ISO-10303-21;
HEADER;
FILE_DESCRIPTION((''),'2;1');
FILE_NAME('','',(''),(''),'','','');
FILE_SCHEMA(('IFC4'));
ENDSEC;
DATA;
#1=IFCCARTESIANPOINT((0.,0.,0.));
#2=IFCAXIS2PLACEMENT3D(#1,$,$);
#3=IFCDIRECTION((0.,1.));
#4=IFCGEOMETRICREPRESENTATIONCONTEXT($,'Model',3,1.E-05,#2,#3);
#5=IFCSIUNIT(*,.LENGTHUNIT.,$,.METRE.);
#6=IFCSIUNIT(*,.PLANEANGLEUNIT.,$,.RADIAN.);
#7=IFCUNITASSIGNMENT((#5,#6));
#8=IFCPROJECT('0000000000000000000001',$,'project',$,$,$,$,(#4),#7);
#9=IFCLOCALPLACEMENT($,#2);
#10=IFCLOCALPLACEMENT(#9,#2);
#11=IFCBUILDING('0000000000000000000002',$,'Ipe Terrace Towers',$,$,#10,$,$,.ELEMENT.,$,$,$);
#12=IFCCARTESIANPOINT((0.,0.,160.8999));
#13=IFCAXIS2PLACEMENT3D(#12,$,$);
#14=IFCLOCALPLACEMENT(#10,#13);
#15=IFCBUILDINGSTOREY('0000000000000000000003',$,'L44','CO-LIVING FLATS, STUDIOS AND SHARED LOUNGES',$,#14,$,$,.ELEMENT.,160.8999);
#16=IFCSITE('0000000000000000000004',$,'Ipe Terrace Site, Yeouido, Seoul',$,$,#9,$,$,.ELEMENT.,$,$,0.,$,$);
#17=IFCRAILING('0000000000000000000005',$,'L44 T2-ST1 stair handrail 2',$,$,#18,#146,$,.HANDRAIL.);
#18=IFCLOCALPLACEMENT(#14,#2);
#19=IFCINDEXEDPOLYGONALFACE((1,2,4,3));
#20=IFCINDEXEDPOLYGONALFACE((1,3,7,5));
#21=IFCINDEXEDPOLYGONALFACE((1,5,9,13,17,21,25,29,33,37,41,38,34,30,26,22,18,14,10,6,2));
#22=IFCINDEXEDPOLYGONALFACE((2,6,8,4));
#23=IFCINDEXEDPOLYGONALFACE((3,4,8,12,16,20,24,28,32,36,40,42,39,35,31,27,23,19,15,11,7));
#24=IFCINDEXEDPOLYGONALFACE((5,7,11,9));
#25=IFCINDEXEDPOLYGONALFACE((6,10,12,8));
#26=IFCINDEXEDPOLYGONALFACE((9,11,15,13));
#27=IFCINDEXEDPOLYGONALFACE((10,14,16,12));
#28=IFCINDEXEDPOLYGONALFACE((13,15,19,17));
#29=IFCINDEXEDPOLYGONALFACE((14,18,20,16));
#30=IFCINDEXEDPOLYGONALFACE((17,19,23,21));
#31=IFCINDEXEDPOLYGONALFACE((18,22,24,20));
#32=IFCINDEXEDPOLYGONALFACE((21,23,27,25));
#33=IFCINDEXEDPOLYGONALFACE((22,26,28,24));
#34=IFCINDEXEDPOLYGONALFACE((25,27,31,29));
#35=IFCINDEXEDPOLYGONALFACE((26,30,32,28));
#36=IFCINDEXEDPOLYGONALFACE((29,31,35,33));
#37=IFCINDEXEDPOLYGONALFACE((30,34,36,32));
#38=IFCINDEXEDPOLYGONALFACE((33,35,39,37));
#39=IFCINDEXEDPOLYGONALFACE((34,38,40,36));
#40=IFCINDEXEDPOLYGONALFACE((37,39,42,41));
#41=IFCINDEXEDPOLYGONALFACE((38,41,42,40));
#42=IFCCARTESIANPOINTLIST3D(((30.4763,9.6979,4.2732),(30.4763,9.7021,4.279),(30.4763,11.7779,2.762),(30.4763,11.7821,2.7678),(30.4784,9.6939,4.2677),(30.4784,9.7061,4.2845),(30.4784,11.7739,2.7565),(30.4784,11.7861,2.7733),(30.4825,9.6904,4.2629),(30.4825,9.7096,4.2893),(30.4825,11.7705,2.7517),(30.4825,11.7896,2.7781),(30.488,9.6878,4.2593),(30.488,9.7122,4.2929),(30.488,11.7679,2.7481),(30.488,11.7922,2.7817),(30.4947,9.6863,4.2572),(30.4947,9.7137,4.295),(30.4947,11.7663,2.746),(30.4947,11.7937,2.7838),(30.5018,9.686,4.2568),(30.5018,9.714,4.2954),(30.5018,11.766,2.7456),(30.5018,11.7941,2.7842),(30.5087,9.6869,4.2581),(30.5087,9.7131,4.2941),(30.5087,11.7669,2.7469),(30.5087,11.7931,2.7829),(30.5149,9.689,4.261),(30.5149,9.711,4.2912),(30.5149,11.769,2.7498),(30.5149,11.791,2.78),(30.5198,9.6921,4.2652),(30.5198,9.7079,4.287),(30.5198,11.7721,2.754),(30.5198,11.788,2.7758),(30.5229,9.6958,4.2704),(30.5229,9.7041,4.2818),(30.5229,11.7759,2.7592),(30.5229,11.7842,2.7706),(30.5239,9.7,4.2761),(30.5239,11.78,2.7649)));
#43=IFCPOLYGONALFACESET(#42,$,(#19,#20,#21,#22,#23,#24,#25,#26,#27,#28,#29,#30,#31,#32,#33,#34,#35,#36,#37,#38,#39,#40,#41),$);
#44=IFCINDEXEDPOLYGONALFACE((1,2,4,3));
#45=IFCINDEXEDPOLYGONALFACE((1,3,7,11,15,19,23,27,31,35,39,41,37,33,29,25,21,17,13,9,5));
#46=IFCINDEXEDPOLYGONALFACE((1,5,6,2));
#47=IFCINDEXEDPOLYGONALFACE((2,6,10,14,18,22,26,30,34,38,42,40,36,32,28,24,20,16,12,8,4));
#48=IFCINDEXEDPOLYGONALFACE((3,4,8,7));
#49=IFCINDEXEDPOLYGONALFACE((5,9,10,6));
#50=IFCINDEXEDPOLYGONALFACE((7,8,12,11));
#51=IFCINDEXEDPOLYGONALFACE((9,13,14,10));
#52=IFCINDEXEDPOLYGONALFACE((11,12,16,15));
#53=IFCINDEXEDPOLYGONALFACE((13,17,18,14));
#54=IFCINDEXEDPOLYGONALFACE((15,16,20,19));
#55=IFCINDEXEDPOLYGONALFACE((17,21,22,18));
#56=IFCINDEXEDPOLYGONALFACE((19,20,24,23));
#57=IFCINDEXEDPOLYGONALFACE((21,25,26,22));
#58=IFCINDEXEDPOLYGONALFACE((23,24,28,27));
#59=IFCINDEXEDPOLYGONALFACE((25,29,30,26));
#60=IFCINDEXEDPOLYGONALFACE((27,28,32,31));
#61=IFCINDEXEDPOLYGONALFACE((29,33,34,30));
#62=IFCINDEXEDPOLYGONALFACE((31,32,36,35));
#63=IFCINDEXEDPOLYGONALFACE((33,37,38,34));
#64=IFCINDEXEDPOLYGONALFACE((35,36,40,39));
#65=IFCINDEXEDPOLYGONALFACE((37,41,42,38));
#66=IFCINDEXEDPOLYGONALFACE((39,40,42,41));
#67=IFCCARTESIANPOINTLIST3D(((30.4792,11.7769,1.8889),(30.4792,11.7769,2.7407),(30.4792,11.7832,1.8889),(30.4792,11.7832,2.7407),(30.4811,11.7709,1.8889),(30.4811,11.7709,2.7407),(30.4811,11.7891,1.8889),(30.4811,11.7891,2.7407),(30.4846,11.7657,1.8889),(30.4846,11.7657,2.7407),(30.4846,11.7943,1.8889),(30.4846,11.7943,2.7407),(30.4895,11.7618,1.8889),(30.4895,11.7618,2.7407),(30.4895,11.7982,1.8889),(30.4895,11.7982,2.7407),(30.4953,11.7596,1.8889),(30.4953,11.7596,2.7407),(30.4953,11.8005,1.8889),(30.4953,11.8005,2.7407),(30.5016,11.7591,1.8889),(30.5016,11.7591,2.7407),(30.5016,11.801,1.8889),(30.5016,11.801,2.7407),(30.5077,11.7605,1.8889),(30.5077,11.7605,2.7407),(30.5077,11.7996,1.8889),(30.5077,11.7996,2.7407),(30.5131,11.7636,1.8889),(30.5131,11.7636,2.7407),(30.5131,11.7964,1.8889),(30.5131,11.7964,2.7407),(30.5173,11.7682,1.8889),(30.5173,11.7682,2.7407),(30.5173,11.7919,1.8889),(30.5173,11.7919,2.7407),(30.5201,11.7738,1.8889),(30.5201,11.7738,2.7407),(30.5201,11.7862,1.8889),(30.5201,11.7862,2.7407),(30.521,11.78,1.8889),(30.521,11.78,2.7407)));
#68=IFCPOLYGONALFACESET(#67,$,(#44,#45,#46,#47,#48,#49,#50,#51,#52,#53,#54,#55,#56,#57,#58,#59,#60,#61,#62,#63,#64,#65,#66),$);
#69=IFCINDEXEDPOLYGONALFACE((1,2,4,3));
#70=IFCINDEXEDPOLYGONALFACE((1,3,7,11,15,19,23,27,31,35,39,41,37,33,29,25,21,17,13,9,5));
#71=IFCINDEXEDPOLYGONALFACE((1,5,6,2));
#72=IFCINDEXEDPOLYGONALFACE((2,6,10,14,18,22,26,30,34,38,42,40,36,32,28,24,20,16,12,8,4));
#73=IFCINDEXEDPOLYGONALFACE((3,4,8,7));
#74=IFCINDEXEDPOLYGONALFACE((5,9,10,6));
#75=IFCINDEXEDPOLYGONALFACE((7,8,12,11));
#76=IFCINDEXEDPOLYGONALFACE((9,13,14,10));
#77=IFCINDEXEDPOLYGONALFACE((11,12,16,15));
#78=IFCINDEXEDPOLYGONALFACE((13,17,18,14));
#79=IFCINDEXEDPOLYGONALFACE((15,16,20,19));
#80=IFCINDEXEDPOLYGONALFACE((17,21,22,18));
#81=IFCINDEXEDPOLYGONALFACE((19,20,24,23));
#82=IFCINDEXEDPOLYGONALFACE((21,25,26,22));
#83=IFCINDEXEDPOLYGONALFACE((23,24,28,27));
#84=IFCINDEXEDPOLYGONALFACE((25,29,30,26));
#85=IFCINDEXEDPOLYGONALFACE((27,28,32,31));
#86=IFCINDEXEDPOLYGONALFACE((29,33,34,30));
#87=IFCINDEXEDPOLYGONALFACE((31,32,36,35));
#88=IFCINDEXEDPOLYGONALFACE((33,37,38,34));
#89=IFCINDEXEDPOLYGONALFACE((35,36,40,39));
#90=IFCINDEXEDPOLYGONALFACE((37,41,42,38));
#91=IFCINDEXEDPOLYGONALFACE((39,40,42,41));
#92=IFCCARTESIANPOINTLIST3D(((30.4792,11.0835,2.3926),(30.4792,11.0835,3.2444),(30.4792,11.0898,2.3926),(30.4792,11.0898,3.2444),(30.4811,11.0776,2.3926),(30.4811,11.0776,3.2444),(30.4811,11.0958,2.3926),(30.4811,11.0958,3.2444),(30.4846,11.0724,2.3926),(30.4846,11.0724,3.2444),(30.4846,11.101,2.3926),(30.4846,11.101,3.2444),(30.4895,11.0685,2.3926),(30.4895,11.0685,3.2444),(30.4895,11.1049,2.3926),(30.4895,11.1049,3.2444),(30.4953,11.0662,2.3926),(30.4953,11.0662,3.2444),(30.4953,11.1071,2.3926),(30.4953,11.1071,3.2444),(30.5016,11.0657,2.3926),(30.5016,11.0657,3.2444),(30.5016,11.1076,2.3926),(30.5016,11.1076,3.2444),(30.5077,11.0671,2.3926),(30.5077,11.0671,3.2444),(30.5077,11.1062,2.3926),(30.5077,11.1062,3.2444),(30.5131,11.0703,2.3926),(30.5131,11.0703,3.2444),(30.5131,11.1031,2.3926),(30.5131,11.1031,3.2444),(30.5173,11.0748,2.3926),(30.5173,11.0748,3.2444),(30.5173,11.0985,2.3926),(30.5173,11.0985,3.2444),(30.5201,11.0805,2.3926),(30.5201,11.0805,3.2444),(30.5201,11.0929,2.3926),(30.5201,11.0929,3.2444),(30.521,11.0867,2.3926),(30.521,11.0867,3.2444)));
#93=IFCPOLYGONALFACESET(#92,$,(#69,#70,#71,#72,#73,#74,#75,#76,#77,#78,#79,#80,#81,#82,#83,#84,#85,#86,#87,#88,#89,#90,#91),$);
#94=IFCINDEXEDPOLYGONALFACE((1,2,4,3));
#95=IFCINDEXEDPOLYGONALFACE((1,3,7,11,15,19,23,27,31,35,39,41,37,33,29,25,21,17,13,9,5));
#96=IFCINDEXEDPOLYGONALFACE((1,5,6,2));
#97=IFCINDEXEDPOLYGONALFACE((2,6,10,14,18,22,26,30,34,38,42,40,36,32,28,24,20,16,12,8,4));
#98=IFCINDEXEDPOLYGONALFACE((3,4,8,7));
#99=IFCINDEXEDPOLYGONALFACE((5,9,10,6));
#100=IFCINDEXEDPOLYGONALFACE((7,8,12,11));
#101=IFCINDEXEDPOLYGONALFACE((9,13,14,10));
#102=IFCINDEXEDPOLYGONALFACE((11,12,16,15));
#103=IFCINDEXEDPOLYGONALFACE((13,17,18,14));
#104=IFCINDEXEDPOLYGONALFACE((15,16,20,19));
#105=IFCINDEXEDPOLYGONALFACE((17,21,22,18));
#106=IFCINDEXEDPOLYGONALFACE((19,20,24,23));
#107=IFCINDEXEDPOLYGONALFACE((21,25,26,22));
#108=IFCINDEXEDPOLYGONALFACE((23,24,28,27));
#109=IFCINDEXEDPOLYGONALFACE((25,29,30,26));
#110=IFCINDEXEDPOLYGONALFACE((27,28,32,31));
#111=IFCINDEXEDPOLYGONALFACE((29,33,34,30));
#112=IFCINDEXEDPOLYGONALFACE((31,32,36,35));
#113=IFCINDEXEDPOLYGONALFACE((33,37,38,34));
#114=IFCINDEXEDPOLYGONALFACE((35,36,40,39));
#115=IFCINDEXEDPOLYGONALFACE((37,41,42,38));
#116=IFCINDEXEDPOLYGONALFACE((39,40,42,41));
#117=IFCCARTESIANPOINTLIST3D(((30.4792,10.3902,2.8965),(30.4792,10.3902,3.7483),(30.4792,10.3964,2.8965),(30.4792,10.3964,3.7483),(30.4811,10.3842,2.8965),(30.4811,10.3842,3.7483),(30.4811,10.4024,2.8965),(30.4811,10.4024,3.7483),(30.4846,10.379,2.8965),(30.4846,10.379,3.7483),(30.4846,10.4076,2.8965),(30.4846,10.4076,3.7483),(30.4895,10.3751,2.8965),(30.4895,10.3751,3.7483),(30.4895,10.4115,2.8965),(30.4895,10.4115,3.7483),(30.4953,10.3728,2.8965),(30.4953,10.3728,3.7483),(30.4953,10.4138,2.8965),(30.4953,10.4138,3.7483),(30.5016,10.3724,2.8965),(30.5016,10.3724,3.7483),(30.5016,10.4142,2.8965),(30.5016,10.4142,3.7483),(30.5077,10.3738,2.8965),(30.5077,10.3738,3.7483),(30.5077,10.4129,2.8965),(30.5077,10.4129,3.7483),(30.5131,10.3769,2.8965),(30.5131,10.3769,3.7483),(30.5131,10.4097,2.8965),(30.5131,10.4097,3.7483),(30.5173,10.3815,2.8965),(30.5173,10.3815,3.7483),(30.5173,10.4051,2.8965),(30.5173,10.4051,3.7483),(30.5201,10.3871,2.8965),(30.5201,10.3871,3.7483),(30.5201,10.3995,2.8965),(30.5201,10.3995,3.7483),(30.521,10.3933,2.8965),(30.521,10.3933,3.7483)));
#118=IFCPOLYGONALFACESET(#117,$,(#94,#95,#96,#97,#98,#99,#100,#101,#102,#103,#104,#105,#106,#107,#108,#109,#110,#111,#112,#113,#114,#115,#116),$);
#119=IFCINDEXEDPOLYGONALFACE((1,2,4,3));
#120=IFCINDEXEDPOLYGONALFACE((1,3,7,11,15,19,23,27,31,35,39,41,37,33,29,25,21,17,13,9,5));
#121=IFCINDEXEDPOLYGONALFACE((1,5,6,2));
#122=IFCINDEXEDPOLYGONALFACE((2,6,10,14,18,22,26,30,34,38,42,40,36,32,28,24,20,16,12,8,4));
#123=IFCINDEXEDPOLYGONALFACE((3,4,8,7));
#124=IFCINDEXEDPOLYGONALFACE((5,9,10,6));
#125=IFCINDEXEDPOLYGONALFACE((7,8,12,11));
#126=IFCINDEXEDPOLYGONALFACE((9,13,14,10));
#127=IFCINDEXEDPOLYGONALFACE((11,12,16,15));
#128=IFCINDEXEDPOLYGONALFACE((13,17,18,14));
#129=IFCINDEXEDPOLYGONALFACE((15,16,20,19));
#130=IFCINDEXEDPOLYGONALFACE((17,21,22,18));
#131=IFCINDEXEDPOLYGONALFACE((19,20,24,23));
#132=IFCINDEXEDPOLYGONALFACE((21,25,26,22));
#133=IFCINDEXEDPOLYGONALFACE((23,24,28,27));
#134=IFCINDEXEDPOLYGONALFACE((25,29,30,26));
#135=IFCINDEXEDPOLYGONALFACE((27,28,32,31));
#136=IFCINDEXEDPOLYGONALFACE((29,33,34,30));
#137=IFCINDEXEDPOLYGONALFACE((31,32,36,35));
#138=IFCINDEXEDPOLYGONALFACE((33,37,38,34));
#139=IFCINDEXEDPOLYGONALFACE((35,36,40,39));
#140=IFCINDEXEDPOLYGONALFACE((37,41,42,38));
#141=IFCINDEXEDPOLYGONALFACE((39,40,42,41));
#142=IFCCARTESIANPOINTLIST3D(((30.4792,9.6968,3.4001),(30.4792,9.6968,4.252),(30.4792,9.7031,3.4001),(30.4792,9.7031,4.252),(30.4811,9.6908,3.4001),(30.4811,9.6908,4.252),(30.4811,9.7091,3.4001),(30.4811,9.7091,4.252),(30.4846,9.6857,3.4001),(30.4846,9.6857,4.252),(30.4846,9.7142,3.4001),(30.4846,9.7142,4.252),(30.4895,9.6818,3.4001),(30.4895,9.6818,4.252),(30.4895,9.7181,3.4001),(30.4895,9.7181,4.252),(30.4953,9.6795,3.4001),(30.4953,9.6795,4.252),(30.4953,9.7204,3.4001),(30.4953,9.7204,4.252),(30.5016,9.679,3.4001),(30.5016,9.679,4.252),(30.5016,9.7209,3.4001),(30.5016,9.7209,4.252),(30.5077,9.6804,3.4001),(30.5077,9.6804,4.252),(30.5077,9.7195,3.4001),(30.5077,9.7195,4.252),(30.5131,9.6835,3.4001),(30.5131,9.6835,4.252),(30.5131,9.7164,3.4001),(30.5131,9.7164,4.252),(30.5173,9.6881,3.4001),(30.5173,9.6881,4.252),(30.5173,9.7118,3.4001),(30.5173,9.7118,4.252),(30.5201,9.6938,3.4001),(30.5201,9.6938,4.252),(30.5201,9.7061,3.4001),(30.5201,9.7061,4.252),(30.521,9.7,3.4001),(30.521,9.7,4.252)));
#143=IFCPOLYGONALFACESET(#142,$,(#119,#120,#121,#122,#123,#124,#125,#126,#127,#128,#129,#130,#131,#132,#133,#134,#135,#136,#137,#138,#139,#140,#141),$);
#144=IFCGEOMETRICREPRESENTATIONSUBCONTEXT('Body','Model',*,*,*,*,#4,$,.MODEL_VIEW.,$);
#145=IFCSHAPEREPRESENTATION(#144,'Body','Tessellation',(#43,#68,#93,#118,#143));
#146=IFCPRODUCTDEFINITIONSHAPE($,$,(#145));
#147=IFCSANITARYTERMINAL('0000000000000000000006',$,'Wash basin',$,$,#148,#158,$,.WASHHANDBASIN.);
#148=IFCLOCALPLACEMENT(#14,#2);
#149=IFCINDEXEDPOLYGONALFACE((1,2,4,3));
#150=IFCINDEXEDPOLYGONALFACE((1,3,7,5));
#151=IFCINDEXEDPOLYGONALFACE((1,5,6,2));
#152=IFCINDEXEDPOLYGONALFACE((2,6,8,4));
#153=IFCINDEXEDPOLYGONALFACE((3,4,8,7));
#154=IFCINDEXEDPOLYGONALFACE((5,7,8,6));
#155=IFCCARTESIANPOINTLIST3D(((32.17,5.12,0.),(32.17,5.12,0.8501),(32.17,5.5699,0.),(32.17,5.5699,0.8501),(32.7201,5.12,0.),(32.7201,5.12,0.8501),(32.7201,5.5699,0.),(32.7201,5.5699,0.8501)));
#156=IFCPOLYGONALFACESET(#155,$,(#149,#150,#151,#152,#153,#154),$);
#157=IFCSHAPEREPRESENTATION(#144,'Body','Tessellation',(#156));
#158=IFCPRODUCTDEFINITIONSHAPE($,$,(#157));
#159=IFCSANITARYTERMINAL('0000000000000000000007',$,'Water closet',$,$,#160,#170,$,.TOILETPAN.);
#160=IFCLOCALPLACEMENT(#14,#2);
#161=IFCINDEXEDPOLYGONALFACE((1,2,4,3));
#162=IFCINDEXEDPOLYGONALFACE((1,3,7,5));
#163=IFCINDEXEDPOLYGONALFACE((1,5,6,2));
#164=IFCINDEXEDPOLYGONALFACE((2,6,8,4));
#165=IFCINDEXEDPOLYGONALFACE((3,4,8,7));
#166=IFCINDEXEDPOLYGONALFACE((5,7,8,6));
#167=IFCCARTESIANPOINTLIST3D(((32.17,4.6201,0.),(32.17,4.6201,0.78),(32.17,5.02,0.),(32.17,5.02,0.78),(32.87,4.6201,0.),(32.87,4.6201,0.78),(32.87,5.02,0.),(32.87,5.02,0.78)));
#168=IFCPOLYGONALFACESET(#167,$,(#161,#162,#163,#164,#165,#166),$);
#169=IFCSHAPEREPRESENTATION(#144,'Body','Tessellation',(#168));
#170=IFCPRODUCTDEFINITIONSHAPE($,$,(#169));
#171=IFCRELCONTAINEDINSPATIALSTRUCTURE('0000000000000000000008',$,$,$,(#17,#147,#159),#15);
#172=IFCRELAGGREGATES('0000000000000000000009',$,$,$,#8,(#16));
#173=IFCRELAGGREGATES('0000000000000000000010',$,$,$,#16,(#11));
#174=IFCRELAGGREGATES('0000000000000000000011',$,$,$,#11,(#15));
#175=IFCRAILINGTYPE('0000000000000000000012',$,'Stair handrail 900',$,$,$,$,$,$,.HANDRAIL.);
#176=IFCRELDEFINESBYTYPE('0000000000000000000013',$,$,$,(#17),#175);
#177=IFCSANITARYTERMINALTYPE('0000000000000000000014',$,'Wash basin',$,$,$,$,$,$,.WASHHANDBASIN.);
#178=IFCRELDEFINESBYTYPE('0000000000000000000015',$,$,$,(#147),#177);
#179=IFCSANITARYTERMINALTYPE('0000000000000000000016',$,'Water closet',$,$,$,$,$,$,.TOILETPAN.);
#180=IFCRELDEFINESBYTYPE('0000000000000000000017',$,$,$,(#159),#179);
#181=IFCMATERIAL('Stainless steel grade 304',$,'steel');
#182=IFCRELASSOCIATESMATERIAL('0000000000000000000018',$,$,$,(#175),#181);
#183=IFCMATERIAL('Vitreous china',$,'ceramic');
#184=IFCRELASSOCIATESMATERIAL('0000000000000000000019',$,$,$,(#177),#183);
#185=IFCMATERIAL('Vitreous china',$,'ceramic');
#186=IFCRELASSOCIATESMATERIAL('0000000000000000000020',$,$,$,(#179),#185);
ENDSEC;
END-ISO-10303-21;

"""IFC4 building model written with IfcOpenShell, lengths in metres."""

from ifc_helpers import new_model, si_unit, direction, frame, origin, origin_2d, place, context, subcontext, project, spatial, rectangle, circle, extrude, material, type_object, element, save


model = new_model("IFC4")

# Units and contexts
model_context = context("Model", 3, precision=1e-05, world=origin(), true_north=direction((0.0, 1.0)))
body_context = subcontext(model_context, "Body", "Model", "MODEL_VIEW")
ifc_project = project(units=[si_unit("LENGTHUNIT", "METRE"), si_unit("PLANEANGLEUNIT", "RADIAN")], contexts=[model_context])

# Site, building, storey
site_placement = place(None, origin())
site = spatial("IfcSite", under=ifc_project, at=site_placement, Name="Ipe Terrace Site, Yeouido, Seoul", CompositionType="ELEMENT", RefElevation=0.0)
building_placement = place(site_placement, origin())
building = spatial("IfcBuilding", under=site, at=building_placement, Name="Ipe Terrace Towers", CompositionType="ELEMENT")
storey_placement = place(building_placement, frame((0.0, 0.0, 160.8999)))
storey = spatial("IfcBuildingStorey", under=building, at=storey_placement, Name="L44", Description="CO-LIVING FLATS, STUDIOS AND SHARED LOUNGES", CompositionType="ELEMENT", Elevation=160.8999)

# Railing
ifc_material_1 = material(Name="Stainless steel grade 304", Category="steel")
railing_type_1 = type_object("IfcRailingType", Name="Stair handrail 900", PredefinedType="HANDRAIL", material=ifc_material_1)
railing_1_placement = place(storey_placement, frame((30.5, 11.78, 1.8889)))
element("IfcRailing", 1, at=railing_1_placement, inside=storey, type_object=railing_type_1, Name="L44 T2-ST1 stair handrail 2", PredefinedType="HANDRAIL", context=body_context, shape_type="SweptSolid", body=[
    extrude(circle(Radius=0.0239, at=origin_2d()), frame((0.0, 0.0, 0.876), z_axis=(0.0, -0.809023, 0.587776), x_axis=(1.0, 0.0, 0.0)), (0.0, 0.0, 1.0), 2.571),
    extrude(circle(Radius=0.021, at=origin_2d()), origin(), (0.0, 0.0, 1.0), 0.8518),
    extrude(circle(Radius=0.021, at=origin_2d()), frame((0.0, -0.6934, 0.5037)), (0.0, 0.0, 1.0), 0.8518),
    extrude(circle(Radius=0.021, at=origin_2d()), frame((0.0, -1.3867, 1.0076)), (0.0, 0.0, 1.0), 0.8518),
    extrude(circle(Radius=0.021, at=origin_2d()), frame((0.0, -2.0801, 1.5112)), (0.0, 0.0, 1.0), 0.8518),
])

# Sanitary terminals
ifc_material_2 = material(Name="Vitreous china", Category="ceramic")
sanitary_terminal_type_1 = type_object("IfcSanitaryTerminalType", Name="Wash basin", PredefinedType="WASHHANDBASIN", material=ifc_material_2)
sanitary_terminal_1_placement = place(storey_placement, frame((32.4451, 5.345, 0.0), z_axis=(0.0, 0.0, 1.0), x_axis=(1.0, 0.0, 0.0)))
element("IfcSanitaryTerminal", 2, at=sanitary_terminal_1_placement, inside=storey, type_object=sanitary_terminal_type_1, Name="Wash basin", PredefinedType="WASHHANDBASIN", context=body_context, shape_type="SweptSolid", body=[
    extrude(rectangle(XDim=0.55, YDim=0.45, at=origin_2d()), origin(), (0.0, 0.0, 1.0), 0.8501),
])
ifc_material_3 = material(Name="Vitreous china", Category="ceramic")
sanitary_terminal_type_2 = type_object("IfcSanitaryTerminalType", Name="Water closet", PredefinedType="TOILETPAN", material=ifc_material_3)
sanitary_terminal_2_placement = place(storey_placement, frame((32.52, 4.8201, 0.0), z_axis=(0.0, 0.0, 1.0), x_axis=(1.0, 0.0, 0.0)))
element("IfcSanitaryTerminal", 3, at=sanitary_terminal_2_placement, inside=storey, type_object=sanitary_terminal_type_2, Name="Water closet", PredefinedType="TOILETPAN", context=body_context, shape_type="SweptSolid", body=[
    extrude(rectangle(XDim=0.7, YDim=0.3999, at=origin_2d()), origin(), (0.0, 0.0, 1.0), 0.78),
])

save(model, "model.ifc")
